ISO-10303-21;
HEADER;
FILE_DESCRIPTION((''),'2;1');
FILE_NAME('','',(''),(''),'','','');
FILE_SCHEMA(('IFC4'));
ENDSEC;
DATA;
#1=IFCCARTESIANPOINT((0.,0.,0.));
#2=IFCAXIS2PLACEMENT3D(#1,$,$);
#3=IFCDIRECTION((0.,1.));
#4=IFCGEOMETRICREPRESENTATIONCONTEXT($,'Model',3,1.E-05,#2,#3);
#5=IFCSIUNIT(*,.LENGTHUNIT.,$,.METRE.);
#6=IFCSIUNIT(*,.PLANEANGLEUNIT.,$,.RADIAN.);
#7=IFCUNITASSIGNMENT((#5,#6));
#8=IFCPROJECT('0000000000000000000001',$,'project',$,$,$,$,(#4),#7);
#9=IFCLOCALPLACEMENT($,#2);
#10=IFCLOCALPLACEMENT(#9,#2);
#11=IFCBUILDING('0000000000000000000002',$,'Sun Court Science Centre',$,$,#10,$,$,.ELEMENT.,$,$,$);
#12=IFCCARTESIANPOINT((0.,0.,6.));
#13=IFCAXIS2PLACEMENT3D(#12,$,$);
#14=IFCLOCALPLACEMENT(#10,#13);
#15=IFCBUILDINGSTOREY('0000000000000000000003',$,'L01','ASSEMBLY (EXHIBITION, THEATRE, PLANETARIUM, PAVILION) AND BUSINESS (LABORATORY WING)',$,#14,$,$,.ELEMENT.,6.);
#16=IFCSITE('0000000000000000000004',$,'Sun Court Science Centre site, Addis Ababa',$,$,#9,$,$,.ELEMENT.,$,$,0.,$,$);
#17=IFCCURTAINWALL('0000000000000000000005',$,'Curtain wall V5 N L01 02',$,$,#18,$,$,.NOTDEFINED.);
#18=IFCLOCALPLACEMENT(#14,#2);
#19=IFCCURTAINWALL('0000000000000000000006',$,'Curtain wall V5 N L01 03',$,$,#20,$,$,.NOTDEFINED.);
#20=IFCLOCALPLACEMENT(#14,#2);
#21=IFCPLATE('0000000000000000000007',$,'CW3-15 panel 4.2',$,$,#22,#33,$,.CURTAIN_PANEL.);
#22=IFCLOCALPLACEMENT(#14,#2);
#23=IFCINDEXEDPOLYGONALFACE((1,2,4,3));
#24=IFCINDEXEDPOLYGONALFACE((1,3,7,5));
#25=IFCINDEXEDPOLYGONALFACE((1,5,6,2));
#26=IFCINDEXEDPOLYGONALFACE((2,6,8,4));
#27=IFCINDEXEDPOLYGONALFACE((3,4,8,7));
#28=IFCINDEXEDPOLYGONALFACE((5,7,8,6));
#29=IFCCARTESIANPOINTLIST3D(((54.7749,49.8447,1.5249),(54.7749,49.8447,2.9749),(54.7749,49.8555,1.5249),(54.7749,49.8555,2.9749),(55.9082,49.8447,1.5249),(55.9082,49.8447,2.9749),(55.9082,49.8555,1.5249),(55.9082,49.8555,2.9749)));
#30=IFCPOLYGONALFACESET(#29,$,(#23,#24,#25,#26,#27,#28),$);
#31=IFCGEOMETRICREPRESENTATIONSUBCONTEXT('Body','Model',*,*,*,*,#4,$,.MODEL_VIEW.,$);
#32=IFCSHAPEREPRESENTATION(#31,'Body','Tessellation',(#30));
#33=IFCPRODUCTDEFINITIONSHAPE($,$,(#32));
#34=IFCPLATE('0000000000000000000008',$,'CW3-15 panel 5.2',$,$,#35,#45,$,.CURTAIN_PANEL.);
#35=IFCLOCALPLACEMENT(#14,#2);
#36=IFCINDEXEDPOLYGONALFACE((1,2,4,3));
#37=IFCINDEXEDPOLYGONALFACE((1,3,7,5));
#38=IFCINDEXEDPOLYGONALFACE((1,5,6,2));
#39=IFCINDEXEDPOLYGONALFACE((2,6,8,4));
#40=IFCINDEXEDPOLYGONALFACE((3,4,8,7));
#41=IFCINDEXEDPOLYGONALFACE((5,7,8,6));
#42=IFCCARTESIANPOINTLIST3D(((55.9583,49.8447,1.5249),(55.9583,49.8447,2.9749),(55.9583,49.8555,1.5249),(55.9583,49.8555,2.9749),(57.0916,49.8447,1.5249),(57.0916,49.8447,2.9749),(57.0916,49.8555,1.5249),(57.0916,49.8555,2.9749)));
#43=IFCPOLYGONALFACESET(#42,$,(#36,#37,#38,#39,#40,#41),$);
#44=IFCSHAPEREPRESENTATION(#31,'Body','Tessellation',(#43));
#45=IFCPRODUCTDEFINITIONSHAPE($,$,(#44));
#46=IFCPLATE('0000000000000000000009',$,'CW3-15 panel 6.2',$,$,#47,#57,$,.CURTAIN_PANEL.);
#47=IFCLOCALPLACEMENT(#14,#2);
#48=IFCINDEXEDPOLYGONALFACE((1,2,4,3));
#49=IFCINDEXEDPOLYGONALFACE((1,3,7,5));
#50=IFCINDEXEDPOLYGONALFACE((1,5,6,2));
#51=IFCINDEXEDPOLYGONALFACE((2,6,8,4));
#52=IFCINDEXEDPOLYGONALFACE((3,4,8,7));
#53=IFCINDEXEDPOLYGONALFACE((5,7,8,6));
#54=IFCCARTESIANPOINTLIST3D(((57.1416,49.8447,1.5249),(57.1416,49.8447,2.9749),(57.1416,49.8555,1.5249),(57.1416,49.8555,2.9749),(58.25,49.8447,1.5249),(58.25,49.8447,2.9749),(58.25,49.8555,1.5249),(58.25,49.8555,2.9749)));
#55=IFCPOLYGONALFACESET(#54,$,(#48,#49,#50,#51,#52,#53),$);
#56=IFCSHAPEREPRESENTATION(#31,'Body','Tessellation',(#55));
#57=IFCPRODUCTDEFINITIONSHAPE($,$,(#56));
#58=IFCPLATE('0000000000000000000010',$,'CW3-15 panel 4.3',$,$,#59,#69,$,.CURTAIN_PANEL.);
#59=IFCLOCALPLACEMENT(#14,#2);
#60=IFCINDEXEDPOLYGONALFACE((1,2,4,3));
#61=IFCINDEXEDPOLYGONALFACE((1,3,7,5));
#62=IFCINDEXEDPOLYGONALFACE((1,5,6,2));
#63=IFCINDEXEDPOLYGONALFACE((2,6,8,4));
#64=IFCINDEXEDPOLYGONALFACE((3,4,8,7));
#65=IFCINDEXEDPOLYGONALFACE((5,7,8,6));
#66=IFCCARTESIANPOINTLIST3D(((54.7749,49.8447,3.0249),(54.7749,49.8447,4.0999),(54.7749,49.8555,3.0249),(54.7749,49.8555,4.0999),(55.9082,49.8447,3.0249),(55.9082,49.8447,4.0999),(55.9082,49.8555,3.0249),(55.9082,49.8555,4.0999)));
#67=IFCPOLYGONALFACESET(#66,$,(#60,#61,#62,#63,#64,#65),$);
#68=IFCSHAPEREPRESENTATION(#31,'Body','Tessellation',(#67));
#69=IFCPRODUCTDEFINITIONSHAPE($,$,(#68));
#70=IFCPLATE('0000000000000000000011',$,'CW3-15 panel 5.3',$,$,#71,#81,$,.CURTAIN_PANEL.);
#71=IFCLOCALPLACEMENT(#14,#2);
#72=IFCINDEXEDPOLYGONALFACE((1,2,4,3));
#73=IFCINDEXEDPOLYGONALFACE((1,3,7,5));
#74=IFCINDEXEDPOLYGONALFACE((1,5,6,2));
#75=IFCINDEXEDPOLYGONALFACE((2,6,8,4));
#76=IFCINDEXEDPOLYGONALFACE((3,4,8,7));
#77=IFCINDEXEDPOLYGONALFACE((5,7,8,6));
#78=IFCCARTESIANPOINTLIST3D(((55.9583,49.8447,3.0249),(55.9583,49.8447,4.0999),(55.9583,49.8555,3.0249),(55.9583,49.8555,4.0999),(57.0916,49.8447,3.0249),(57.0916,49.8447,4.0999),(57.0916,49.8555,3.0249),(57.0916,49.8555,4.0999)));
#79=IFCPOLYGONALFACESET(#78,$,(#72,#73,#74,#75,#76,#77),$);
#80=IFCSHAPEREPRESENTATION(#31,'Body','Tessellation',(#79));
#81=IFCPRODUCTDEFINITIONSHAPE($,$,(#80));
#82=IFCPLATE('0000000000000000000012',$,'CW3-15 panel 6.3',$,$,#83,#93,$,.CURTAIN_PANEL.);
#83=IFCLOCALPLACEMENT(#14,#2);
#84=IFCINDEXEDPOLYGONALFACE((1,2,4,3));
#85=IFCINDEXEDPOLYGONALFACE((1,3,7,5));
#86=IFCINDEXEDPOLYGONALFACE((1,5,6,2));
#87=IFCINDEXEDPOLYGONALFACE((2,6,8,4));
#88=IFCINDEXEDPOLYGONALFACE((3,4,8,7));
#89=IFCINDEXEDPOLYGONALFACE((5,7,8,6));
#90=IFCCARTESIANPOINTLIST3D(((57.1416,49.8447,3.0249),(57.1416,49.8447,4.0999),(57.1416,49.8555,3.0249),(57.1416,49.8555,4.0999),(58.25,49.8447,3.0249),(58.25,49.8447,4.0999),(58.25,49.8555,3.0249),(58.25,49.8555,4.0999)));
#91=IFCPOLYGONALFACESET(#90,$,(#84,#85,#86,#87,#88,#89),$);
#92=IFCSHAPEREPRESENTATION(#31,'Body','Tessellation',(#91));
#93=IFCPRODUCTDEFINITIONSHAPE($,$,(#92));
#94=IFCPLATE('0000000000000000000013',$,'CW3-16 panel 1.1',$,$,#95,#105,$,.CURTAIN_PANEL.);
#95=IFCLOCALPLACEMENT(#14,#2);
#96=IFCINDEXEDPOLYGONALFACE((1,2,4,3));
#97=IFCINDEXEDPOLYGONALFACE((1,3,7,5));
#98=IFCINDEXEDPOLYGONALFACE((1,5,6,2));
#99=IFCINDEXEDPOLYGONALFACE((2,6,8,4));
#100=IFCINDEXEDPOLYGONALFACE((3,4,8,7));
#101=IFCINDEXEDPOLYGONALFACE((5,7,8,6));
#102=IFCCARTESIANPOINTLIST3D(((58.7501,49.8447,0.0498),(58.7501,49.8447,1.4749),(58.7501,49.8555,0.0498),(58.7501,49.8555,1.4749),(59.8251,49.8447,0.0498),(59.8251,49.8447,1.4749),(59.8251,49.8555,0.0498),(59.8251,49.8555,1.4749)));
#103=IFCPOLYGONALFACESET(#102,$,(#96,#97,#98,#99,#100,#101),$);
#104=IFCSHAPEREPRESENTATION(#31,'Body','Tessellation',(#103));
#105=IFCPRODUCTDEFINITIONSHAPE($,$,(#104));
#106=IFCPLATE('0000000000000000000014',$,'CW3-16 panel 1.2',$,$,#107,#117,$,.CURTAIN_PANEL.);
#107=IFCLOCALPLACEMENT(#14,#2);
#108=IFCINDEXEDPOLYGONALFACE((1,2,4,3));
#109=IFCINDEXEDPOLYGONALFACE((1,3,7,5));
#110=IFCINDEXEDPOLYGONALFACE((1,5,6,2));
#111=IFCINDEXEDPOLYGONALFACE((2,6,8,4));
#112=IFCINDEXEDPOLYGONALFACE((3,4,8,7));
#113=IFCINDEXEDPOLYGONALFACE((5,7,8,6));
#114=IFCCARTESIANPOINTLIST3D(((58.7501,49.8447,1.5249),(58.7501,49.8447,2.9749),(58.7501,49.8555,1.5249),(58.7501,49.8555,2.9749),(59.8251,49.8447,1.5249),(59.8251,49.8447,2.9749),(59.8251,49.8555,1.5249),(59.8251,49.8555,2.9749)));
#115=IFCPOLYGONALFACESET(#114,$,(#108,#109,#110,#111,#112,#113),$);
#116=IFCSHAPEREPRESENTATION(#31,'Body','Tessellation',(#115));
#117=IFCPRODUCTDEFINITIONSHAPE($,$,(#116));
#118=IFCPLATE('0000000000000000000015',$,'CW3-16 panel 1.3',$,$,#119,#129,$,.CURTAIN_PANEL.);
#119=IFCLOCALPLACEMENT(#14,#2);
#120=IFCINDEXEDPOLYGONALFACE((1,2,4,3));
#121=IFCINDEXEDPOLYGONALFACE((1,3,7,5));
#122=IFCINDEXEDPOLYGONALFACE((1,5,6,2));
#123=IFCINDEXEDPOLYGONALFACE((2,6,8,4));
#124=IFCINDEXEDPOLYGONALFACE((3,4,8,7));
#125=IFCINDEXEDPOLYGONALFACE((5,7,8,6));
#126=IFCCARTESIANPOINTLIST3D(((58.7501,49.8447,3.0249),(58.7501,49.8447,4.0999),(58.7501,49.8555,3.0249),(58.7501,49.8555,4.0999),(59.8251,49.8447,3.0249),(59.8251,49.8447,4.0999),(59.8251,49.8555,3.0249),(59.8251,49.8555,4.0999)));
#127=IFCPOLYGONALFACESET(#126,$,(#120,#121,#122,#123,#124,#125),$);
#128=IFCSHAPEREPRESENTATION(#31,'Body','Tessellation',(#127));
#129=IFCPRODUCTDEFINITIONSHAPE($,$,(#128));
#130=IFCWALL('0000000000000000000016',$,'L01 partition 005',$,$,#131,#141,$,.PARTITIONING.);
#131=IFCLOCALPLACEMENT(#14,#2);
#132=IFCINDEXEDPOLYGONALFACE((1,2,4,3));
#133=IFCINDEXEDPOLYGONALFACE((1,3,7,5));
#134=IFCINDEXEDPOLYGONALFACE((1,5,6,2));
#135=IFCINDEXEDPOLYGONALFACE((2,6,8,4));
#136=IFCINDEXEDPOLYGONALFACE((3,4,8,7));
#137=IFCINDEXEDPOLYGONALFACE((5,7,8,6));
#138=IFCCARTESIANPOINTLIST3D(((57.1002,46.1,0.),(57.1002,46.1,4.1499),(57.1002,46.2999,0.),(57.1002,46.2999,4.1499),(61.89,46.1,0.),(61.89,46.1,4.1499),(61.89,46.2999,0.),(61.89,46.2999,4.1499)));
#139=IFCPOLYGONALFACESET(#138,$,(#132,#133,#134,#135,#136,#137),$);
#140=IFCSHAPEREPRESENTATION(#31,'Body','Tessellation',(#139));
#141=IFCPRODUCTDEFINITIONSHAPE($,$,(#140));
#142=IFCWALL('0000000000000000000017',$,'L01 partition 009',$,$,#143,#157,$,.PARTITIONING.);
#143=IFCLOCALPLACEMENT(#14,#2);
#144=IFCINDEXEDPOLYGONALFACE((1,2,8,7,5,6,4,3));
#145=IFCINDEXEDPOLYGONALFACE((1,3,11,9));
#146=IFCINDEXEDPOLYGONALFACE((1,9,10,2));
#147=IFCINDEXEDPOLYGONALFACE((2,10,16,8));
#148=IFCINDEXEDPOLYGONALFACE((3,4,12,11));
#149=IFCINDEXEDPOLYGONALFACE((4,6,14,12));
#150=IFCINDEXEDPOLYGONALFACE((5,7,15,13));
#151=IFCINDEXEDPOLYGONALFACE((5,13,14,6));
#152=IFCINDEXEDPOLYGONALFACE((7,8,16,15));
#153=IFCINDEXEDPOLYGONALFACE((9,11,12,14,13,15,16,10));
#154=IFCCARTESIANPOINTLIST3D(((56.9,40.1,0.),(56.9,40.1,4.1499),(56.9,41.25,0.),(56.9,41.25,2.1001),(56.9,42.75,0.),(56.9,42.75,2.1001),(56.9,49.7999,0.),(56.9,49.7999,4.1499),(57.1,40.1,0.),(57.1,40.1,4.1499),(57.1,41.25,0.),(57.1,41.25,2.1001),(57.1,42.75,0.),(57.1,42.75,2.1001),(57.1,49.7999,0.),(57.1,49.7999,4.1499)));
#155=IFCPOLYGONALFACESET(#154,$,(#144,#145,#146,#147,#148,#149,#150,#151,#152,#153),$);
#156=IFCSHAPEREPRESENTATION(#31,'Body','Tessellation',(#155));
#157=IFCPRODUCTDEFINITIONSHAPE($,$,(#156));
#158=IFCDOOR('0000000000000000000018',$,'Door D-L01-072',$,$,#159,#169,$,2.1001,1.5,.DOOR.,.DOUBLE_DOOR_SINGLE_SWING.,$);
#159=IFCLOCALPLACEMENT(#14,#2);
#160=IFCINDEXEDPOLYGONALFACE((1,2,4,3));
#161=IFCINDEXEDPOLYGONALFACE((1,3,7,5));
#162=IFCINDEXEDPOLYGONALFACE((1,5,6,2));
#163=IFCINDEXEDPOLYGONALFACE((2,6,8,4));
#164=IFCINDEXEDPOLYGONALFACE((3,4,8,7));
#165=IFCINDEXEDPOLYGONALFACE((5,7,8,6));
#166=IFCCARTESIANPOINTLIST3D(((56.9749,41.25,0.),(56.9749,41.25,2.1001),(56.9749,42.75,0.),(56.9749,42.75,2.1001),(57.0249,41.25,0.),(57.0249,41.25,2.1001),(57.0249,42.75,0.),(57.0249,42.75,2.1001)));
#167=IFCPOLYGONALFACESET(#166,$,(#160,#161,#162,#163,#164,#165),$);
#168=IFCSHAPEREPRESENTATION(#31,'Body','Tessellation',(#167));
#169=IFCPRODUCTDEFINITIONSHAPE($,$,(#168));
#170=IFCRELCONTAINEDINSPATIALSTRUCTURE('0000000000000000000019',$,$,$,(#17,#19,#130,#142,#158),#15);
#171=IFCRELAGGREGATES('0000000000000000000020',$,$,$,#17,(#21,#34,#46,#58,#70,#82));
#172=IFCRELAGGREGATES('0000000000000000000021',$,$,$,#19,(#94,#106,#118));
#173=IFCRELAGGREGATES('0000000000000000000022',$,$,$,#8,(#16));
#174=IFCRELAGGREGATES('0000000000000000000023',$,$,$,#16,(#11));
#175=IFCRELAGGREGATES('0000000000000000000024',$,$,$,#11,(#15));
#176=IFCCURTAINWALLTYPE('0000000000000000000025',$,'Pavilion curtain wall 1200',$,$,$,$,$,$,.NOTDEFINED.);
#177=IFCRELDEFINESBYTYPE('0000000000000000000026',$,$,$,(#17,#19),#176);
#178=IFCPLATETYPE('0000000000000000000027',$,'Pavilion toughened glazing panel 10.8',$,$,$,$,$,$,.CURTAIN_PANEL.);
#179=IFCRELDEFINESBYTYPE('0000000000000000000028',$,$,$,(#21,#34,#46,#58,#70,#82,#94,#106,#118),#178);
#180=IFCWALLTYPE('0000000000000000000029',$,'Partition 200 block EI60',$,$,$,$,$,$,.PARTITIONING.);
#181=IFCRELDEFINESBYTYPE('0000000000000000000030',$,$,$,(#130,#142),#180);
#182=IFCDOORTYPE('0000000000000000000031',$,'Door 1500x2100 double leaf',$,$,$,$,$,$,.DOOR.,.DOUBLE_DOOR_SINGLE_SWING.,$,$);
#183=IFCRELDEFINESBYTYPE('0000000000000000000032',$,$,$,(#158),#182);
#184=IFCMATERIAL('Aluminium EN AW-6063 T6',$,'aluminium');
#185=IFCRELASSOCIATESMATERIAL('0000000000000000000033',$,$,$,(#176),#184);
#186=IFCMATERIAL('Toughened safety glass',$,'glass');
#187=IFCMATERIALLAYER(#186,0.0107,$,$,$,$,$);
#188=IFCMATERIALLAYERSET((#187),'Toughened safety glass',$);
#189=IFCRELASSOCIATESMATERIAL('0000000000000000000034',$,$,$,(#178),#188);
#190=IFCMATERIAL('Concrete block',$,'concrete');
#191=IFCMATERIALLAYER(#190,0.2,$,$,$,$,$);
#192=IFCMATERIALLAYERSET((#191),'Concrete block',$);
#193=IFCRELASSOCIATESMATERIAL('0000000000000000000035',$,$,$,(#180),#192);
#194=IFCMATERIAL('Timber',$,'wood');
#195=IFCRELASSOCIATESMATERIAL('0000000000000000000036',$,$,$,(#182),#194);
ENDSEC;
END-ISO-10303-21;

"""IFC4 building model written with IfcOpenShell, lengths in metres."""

from ifc_helpers import new_model, si_unit, direction, frame, frame_2d, origin, origin_2d, place, context, subcontext, project, spatial, rectangle, extrude, material, layer, layer_set, type_object, element, fill, aggregate, save


model = new_model("IFC4")

# Units and contexts
model_context = context("Model", 3, precision=1e-05, world=origin(), true_north=direction((0.0, 1.0)))
body_context = subcontext(model_context, "Body", "Model", "MODEL_VIEW")
ifc_project = project(units=[si_unit("LENGTHUNIT", "METRE"), si_unit("PLANEANGLEUNIT", "RADIAN")], contexts=[model_context])

# Site, building, storey
site_placement = place(None, origin())
site = spatial("IfcSite", under=ifc_project, at=site_placement, Name="Sun Court Science Centre site, Addis Ababa", CompositionType="ELEMENT", RefElevation=0.0)
building_placement = place(site_placement, origin())
building = spatial("IfcBuilding", under=site, at=building_placement, Name="Sun Court Science Centre", CompositionType="ELEMENT")
storey_placement = place(building_placement, frame((0.0, 0.0, 6.0)))
storey = spatial("IfcBuildingStorey", under=building, at=storey_placement, Name="L01", Description="ASSEMBLY (EXHIBITION, THEATRE, PLANETARIUM, PAVILION) AND BUSINESS (LABORATORY WING)", CompositionType="ELEMENT", Elevation=6.0)

# Curtain walls
ifc_material_1 = material(Name="Aluminium EN AW-6063 T6", Category="aluminium")
curtain_wall_type = type_object("IfcCurtainWallType", Name="Pavilion curtain wall 1200", PredefinedType="NOTDEFINED", material=ifc_material_1)
curtain_wall_1_placement = place(storey_placement, origin())
curtain_wall_1 = element("IfcCurtainWall", 1, at=curtain_wall_1_placement, inside=storey, type_object=curtain_wall_type, Name="Curtain wall V5 N L01 02", PredefinedType="NOTDEFINED")
curtain_wall_2_placement = place(storey_placement, origin())
curtain_wall_2 = element("IfcCurtainWall", 2, at=curtain_wall_2_placement, inside=storey, type_object=curtain_wall_type, Name="Curtain wall V5 N L01 03", PredefinedType="NOTDEFINED")

# Plates
ifc_material_2 = material(Name="Toughened safety glass", Category="glass")
ifc_layer_1 = layer(ifc_material_2, 0.0107)
ifc_layer_set_1 = layer_set([ifc_layer_1], Name="Toughened safety glass")
plate_type = type_object("IfcPlateType", Name="Pavilion toughened glazing panel 10.8", PredefinedType="CURTAIN_PANEL", material=ifc_layer_set_1)
plate_1_placement = place(storey_placement, frame((55.3416, 49.8501, 1.5249), z_axis=(0.0, 0.0, 1.0), x_axis=(1.0, 0.0, 0.0)))
plate_1 = element("IfcPlate", 3, at=plate_1_placement, type_object=plate_type, Name="CW3-15 panel 4.2", PredefinedType="CURTAIN_PANEL", context=body_context, shape_type="SweptSolid", body=[
    extrude(rectangle(XDim=1.1333, YDim=0.0107, at=origin_2d()), origin(), (0.0, 0.0, 1.0), 1.45),
])
plate_2_placement = place(storey_placement, frame((56.5249, 49.8501, 1.5249), z_axis=(0.0, 0.0, 1.0), x_axis=(1.0, 0.0, 0.0)))
plate_2 = element("IfcPlate", 4, at=plate_2_placement, type_object=plate_type, Name="CW3-15 panel 5.2", PredefinedType="CURTAIN_PANEL", context=body_context, shape_type="SweptSolid", body=[
    extrude(rectangle(XDim=1.1333, YDim=0.0107, at=origin_2d()), origin(), (0.0, 0.0, 1.0), 1.45),
])
plate_3_placement = place(storey_placement, frame((57.6958, 49.8501, 1.5249), z_axis=(0.0, 0.0, 1.0), x_axis=(1.0, 0.0, 0.0)))
plate_3 = element("IfcPlate", 5, at=plate_3_placement, type_object=plate_type, Name="CW3-15 panel 6.2", PredefinedType="CURTAIN_PANEL", context=body_context, shape_type="SweptSolid", body=[
    extrude(rectangle(XDim=1.1084, YDim=0.0107, at=origin_2d()), origin(), (0.0, 0.0, 1.0), 1.45),
])
plate_4_placement = place(storey_placement, frame((55.3416, 49.8501, 3.0249), z_axis=(0.0, 0.0, 1.0), x_axis=(1.0, 0.0, 0.0)))
plate_4 = element("IfcPlate", 6, at=plate_4_placement, type_object=plate_type, Name="CW3-15 panel 4.3", PredefinedType="CURTAIN_PANEL", context=body_context, shape_type="SweptSolid", body=[
    extrude(rectangle(XDim=1.1333, YDim=0.0107, at=origin_2d()), origin(), (0.0, 0.0, 1.0), 1.075),
])
plate_5_placement = place(storey_placement, frame((56.5249, 49.8501, 3.0249), z_axis=(0.0, 0.0, 1.0), x_axis=(1.0, 0.0, 0.0)))
plate_5 = element("IfcPlate", 7, at=plate_5_placement, type_object=plate_type, Name="CW3-15 panel 5.3", PredefinedType="CURTAIN_PANEL", context=body_context, shape_type="SweptSolid", body=[
    extrude(rectangle(XDim=1.1333, YDim=0.0107, at=origin_2d()), origin(), (0.0, 0.0, 1.0), 1.075),
])
plate_6_placement = place(storey_placement, frame((57.6958, 49.8501, 3.0249), z_axis=(0.0, 0.0, 1.0), x_axis=(1.0, 0.0, 0.0)))
plate_6 = element("IfcPlate", 8, at=plate_6_placement, type_object=plate_type, Name="CW3-15 panel 6.3", PredefinedType="CURTAIN_PANEL", context=body_context, shape_type="SweptSolid", body=[
    extrude(rectangle(XDim=1.1084, YDim=0.0107, at=origin_2d()), origin(), (0.0, 0.0, 1.0), 1.075),
])
aggregate(curtain_wall_1, [plate_1, plate_2, plate_3, plate_4, plate_5, plate_6])
plate_7_placement = place(storey_placement, frame((59.2876, 49.8501, 0.0498), z_axis=(0.0, 0.0, 1.0), x_axis=(1.0, 0.0, 0.0)))
plate_7 = element("IfcPlate", 9, at=plate_7_placement, type_object=plate_type, Name="CW3-16 panel 1.1", PredefinedType="CURTAIN_PANEL", context=body_context, shape_type="SweptSolid", body=[
    extrude(rectangle(XDim=1.075, YDim=0.0107, at=origin_2d()), origin(), (0.0, 0.0, 1.0), 1.425),
])
plate_8_placement = place(storey_placement, frame((59.2876, 49.8501, 1.5249), z_axis=(0.0, 0.0, 1.0), x_axis=(1.0, 0.0, 0.0)))
plate_8 = element("IfcPlate", 10, at=plate_8_placement, type_object=plate_type, Name="CW3-16 panel 1.2", PredefinedType="CURTAIN_PANEL", context=body_context, shape_type="SweptSolid", body=[
    extrude(rectangle(XDim=1.075, YDim=0.0107, at=origin_2d()), origin(), (0.0, 0.0, 1.0), 1.45),
])
plate_9_placement = place(storey_placement, frame((59.2876, 49.8501, 3.0249), z_axis=(0.0, 0.0, 1.0), x_axis=(1.0, 0.0, 0.0)))
plate_9 = element("IfcPlate", 11, at=plate_9_placement, type_object=plate_type, Name="CW3-16 panel 1.3", PredefinedType="CURTAIN_PANEL", context=body_context, shape_type="SweptSolid", body=[
    extrude(rectangle(XDim=1.075, YDim=0.0107, at=origin_2d()), origin(), (0.0, 0.0, 1.0), 1.075),
])
aggregate(curtain_wall_2, [plate_7, plate_8, plate_9])

# Wall
ifc_material_3 = material(Name="Concrete block", Category="concrete")
ifc_layer_2 = layer(ifc_material_3, 0.2)
ifc_layer_set_2 = layer_set([ifc_layer_2], Name="Concrete block")
wall_type = type_object("IfcWallType", Name="Partition 200 block EI60", PredefinedType="PARTITIONING", material=ifc_layer_set_2)
wall_1_placement = place(storey_placement, frame((57.1001, 46.2, 0.0), z_axis=(0.0, 0.0, 1.0), x_axis=(1.0, 0.0, 0.0)))
element("IfcWall", 12, at=wall_1_placement, inside=storey, type_object=wall_type, Name="L01 partition 005", PredefinedType="PARTITIONING", context=body_context, shape_type="SweptSolid", body=[
    extrude(rectangle(XDim=4.7898, YDim=0.2, at=frame_2d((2.395, 0.0))), origin(), (0.0, 0.0, 1.0), 4.1499),
])

# Wall, opening, door
wall_2_placement = place(storey_placement, frame((57.0, 49.8, 0.0), z_axis=(0.0, 0.0, 1.0), x_axis=(0.0, -1.0, 0.0)))
wall_2 = element("IfcWall", 13, at=wall_2_placement, inside=storey, type_object=wall_type, Name="L01 partition 009", PredefinedType="PARTITIONING", context=body_context, shape_type="SweptSolid", body=[
    extrude(rectangle(XDim=9.7, YDim=0.2, at=frame_2d((4.8501, 0.0))), origin(), (0.0, 0.0, 1.0), 4.1499),
])
opening_placement = place(wall_2_placement, frame((7.05, 0.0, 0.0)))
opening = element("IfcOpeningElement", 14, at=opening_placement, cuts=wall_2, PredefinedType="OPENING", context=body_context, shape_type="SweptSolid", body=[
    extrude(rectangle(XDim=1.5, YDim=2.1001, at=frame_2d((0.75, 1.05))), frame((0.0, 0.1099, 0.0), z_axis=(0.0, -1.0, 0.0), x_axis=(1.0, 0.0, 0.0)), (0.0, 0.0, 1.0), 0.22),
])
ifc_material_4 = material(Name="Timber", Category="wood")
door_type = type_object("IfcDoorType", Name="Door 1500x2100 double leaf", OperationType="DOUBLE_DOOR_SINGLE_SWING", PredefinedType="DOOR", material=ifc_material_4)
door_placement = place(opening_placement, origin())
door = element("IfcDoor", 15, at=door_placement, inside=storey, type_object=door_type, Name="Door D-L01-072", OperationType="DOUBLE_DOOR_SINGLE_SWING", OverallHeight=2.1001, OverallWidth=1.5, PredefinedType="DOOR", context=body_context, shape_type="SweptSolid", body=[
    extrude(rectangle(XDim=1.5, YDim=2.1001, at=frame_2d((0.75, 1.05))), frame((0.0, 0.0249, 0.0), z_axis=(0.0, -1.0, 0.0), x_axis=(1.0, 0.0, 0.0)), (0.0, 0.0, 1.0), 0.05),
])
fill(opening, door)

save(model, "model.ifc")
